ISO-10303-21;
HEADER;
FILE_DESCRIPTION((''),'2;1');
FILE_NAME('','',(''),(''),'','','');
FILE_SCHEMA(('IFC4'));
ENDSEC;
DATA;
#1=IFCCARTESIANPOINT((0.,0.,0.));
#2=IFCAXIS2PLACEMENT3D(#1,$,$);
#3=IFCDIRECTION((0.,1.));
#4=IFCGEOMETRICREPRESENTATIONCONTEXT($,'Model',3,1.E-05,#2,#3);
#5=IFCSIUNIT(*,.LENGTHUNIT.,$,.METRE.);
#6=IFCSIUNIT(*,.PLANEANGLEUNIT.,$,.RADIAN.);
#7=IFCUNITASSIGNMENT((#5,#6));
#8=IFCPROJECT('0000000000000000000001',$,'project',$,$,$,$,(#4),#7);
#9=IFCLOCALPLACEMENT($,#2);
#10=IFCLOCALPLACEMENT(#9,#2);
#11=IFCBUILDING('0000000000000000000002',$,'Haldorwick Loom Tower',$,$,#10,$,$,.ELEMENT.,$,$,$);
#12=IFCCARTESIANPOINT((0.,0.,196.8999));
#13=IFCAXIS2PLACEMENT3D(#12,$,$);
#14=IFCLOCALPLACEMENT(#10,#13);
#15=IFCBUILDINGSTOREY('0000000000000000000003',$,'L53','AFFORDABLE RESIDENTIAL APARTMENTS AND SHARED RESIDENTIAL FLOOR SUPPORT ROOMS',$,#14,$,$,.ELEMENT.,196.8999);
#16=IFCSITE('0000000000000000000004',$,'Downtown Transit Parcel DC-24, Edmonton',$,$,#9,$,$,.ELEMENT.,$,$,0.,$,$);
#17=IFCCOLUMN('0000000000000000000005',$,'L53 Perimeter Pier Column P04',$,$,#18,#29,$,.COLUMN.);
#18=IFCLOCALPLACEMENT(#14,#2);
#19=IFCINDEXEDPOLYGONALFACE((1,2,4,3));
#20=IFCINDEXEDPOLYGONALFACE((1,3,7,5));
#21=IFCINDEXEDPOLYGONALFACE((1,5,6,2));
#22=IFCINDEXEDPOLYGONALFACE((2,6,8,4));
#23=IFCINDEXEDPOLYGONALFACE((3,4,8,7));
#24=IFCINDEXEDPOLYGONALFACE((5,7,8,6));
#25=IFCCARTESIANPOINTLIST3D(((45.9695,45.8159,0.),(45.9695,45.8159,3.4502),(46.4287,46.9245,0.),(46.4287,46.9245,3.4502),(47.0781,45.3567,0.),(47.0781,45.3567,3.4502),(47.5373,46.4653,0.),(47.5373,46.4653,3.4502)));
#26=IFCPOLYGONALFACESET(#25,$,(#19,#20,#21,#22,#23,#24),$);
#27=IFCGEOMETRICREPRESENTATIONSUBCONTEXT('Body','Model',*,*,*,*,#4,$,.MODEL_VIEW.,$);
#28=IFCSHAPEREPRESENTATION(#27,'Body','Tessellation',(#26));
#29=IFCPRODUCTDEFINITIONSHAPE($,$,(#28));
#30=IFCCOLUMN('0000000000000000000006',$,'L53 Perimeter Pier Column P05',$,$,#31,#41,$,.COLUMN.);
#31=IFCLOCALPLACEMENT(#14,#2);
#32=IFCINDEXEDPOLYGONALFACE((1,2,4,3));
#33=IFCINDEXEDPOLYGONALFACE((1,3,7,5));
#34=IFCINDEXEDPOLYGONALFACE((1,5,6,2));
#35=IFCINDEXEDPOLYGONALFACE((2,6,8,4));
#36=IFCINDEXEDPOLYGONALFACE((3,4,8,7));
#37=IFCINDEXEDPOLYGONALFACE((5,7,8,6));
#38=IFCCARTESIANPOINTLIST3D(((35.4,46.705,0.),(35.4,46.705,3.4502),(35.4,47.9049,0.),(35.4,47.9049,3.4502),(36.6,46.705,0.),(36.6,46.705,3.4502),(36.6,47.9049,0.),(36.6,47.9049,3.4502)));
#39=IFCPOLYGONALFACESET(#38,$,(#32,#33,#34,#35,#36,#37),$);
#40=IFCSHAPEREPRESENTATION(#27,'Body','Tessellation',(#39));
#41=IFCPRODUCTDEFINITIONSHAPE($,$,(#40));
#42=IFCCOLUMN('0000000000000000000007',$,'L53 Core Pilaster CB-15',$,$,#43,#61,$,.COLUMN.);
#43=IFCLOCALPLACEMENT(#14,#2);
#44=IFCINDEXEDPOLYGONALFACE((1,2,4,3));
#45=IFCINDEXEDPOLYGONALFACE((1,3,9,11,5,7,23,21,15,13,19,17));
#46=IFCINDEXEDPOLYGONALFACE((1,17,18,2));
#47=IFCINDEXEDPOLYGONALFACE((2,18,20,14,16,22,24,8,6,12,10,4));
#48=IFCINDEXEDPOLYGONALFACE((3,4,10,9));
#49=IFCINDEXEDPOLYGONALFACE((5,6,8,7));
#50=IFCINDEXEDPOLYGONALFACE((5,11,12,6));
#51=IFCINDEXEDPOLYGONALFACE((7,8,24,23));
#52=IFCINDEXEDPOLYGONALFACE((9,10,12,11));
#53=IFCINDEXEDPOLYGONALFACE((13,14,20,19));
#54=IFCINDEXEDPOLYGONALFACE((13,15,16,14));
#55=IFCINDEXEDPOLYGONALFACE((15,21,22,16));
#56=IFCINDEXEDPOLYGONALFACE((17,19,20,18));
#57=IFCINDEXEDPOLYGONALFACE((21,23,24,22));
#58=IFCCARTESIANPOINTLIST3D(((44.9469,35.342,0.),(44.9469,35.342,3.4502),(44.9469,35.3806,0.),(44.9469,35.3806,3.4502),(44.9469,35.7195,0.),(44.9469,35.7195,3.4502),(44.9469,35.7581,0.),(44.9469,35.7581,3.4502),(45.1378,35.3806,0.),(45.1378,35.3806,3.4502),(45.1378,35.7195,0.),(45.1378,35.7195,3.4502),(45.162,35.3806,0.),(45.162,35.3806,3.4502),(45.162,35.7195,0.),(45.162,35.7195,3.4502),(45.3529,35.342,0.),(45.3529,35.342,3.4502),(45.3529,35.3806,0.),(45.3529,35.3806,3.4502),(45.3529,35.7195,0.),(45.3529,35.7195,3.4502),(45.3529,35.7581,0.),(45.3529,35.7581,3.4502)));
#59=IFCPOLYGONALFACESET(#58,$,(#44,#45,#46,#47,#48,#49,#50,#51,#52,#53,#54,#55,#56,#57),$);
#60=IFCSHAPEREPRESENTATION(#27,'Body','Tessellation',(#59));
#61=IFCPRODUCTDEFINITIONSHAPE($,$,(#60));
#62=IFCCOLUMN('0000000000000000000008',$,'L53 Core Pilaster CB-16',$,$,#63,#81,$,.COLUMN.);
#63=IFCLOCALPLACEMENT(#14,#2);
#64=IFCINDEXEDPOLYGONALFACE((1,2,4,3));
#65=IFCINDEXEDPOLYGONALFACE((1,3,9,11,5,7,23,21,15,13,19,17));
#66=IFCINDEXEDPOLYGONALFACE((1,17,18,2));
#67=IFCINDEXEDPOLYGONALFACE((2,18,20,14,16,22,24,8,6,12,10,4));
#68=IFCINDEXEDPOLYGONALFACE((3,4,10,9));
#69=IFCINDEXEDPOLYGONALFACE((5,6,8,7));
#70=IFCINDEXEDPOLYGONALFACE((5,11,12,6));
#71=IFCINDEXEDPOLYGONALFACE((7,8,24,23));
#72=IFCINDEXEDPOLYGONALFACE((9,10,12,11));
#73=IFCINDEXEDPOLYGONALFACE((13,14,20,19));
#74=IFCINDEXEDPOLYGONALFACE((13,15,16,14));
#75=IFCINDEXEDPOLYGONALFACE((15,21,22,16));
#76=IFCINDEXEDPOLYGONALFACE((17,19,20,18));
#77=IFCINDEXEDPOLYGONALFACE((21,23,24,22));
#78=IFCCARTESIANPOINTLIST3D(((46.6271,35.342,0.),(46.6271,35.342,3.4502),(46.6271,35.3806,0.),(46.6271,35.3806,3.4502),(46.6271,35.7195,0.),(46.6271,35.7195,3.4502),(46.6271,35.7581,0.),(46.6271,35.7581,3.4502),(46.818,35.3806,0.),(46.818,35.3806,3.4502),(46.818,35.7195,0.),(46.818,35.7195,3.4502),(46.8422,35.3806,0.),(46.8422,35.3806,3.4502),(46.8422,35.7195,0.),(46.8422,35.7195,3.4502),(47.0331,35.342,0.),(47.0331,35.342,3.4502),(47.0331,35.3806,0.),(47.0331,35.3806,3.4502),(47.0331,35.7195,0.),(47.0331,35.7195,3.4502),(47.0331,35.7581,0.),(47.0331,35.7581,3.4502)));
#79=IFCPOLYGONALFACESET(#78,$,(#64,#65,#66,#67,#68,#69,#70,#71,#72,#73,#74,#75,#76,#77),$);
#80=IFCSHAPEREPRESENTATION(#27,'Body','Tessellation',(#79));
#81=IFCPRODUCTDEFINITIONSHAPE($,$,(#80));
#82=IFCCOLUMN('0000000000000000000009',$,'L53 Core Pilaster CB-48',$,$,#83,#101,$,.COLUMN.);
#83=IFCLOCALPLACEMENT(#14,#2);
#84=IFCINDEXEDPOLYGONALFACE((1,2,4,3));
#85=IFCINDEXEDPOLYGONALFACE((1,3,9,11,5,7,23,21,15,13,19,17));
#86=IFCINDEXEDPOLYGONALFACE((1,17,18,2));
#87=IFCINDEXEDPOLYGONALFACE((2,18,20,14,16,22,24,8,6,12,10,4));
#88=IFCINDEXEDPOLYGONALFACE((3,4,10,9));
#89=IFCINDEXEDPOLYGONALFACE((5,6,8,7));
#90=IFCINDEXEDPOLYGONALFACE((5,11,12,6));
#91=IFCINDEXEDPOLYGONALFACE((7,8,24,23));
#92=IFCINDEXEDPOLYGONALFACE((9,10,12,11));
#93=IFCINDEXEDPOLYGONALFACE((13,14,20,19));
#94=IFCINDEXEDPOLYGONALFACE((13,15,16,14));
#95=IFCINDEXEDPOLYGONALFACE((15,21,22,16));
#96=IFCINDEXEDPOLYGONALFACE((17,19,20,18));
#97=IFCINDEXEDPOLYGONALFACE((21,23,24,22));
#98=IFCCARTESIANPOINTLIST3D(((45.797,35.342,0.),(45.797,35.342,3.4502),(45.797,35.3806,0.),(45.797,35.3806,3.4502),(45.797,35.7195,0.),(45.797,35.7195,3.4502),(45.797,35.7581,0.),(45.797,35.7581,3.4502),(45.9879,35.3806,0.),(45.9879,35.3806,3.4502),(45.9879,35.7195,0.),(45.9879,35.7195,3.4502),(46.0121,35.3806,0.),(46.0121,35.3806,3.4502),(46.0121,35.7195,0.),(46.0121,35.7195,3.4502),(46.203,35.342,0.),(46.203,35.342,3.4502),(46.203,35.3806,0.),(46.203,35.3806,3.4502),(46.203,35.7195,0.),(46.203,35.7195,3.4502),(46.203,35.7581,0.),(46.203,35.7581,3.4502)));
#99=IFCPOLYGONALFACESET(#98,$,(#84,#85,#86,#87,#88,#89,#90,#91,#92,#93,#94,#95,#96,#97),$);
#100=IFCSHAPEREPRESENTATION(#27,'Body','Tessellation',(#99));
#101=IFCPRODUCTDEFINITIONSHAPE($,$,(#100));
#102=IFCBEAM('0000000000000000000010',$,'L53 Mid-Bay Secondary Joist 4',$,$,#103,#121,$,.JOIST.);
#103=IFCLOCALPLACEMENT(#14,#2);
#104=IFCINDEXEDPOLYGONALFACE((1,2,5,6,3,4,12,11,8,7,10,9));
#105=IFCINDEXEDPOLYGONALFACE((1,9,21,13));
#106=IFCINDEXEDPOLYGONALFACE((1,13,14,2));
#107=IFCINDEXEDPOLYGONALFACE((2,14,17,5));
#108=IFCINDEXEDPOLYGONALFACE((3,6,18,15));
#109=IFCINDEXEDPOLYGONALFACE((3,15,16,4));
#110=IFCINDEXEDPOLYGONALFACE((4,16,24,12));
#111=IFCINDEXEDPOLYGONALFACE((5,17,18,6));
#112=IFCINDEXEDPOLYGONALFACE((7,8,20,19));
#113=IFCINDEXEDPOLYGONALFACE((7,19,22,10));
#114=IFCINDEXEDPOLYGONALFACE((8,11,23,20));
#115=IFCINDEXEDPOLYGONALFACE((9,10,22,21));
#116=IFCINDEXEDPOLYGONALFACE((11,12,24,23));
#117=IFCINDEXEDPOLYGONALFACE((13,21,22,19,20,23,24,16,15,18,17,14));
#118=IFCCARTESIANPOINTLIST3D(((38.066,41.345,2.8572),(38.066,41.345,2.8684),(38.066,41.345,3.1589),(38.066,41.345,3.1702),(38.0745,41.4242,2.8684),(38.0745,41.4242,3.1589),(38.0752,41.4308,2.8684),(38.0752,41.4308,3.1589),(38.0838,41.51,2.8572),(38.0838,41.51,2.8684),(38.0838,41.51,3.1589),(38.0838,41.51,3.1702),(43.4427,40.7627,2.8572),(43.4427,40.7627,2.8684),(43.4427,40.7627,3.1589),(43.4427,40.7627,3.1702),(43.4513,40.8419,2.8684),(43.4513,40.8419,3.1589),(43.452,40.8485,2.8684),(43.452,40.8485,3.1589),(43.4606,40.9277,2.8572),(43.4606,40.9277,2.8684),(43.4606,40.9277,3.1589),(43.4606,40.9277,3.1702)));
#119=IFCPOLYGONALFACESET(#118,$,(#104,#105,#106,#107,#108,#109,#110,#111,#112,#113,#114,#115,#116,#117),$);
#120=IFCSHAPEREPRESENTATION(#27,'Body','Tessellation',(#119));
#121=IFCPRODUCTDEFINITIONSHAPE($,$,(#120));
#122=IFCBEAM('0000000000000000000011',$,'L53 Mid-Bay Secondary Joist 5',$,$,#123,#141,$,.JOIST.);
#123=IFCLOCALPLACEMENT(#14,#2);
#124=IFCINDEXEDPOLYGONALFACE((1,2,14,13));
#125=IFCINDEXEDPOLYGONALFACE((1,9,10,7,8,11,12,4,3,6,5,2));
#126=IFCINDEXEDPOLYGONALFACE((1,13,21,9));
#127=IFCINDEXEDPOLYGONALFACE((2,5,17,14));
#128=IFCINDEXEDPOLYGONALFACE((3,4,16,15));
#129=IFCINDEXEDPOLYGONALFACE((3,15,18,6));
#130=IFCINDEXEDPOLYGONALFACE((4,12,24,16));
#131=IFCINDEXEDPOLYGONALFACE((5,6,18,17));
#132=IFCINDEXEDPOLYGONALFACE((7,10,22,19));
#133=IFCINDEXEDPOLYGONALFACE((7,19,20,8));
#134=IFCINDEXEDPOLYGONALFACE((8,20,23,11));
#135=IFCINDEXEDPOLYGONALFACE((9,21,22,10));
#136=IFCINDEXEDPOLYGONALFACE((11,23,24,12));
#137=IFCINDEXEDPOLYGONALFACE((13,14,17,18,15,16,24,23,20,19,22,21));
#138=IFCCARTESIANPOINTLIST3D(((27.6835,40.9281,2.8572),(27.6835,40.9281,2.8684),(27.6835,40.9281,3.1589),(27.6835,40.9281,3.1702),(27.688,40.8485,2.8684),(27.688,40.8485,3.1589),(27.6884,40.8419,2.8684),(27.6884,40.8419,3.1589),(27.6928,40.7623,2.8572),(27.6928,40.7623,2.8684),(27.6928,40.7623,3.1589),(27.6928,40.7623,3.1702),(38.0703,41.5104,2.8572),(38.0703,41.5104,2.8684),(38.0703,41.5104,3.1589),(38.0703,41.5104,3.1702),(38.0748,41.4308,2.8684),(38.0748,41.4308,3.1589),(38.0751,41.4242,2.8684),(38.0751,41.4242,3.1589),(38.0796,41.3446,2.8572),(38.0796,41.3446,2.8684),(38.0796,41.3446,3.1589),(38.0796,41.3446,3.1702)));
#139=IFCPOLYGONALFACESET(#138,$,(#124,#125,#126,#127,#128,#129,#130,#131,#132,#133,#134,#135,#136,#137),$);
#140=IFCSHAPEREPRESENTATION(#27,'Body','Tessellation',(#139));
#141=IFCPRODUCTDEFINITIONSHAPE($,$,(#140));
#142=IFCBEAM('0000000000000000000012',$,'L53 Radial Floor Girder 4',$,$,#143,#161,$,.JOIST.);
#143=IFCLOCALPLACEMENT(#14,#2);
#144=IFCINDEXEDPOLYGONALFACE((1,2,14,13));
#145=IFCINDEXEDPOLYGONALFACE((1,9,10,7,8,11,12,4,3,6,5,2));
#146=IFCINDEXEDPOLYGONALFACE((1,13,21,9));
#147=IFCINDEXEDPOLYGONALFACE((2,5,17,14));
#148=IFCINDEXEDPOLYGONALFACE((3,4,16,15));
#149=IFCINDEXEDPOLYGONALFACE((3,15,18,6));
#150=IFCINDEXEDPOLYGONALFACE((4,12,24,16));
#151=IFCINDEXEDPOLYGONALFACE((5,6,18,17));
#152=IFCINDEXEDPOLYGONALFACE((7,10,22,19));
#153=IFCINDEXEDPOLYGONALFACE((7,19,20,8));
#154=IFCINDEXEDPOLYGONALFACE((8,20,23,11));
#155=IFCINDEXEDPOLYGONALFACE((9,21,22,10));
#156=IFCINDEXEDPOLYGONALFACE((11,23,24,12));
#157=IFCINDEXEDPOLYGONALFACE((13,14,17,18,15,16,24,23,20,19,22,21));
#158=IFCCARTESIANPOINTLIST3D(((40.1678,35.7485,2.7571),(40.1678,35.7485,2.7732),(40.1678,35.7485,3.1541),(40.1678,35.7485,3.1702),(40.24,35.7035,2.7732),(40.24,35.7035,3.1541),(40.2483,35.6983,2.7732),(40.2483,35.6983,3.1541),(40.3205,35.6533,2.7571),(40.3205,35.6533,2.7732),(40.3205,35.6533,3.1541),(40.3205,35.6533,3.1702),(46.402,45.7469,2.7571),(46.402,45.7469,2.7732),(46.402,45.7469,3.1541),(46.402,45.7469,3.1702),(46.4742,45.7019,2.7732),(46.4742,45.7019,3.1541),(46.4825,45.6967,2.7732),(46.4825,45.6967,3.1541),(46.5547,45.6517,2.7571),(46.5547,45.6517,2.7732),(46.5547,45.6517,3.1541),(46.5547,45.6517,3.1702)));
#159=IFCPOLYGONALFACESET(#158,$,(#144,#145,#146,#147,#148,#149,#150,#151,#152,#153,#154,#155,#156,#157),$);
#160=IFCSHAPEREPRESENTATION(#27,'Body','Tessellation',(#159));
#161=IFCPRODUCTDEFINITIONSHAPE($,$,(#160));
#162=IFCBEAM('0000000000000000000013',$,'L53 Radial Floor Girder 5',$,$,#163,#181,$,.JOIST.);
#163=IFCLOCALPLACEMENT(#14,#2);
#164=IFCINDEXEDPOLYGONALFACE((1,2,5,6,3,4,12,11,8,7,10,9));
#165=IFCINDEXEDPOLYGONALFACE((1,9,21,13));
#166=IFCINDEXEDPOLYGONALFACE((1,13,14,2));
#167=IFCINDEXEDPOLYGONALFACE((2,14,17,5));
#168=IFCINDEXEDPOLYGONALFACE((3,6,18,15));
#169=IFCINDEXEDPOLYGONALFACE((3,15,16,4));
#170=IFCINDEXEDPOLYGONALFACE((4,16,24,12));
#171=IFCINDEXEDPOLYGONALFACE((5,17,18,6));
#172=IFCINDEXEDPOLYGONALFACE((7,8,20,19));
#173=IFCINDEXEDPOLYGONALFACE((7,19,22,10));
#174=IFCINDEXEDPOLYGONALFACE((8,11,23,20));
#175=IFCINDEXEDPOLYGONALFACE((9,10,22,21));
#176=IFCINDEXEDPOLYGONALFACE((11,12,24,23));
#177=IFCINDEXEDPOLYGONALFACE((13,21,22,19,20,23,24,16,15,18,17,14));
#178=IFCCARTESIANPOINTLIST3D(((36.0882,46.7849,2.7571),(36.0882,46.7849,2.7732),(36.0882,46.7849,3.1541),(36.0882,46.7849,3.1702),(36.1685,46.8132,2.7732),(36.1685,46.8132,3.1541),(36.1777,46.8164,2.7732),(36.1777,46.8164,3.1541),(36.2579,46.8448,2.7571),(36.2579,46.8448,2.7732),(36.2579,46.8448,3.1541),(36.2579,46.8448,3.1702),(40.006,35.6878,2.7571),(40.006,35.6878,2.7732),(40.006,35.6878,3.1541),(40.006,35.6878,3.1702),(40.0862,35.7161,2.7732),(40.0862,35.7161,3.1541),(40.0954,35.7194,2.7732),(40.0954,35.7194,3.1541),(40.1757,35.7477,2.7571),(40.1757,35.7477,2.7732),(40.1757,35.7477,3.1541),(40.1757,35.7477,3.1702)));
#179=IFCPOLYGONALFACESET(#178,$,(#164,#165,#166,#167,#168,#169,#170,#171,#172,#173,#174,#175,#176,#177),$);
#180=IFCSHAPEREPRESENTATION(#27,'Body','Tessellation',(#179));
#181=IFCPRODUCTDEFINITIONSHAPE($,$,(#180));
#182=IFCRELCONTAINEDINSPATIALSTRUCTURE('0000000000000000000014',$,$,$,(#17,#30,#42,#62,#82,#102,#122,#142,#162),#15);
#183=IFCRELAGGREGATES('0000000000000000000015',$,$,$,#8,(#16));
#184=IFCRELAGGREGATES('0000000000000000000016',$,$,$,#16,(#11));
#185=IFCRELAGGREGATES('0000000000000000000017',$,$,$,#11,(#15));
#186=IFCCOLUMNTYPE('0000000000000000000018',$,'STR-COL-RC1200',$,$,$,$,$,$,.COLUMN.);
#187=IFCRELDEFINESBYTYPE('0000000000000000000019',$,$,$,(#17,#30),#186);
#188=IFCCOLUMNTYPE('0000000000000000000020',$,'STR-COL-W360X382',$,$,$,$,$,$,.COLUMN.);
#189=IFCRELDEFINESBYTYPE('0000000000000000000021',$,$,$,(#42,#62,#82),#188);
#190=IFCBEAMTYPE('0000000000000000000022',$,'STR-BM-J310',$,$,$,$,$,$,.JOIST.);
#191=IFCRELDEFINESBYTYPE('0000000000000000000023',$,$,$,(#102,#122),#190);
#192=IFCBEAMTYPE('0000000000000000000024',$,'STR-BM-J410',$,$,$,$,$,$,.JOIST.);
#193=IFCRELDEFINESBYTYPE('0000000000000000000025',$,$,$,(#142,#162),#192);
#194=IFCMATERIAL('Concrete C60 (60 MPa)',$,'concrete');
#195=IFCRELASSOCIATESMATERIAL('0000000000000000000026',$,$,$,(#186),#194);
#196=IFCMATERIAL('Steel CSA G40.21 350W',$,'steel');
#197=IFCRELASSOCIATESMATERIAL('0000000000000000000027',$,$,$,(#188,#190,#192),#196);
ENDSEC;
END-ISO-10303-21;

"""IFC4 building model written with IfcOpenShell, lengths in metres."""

from ifc_helpers import new_model, si_unit, direction, frame, origin, origin_2d, place, context, subcontext, project, spatial, rectangle, i_section, extrude, material, material_profile, profile_set, type_object, element, save


model = new_model("IFC4")

# Units and contexts
model_context = context("Model", 3, precision=1e-05, world=origin(), true_north=direction((0.0, 1.0)))
body_context = subcontext(model_context, "Body", "Model", "MODEL_VIEW")
ifc_project = project(units=[si_unit("LENGTHUNIT", "METRE"), si_unit("PLANEANGLEUNIT", "RADIAN")], contexts=[model_context])

# Site, building, storey
site_placement = place(None, origin())
site = spatial("IfcSite", under=ifc_project, at=site_placement, Name="Downtown Transit Parcel DC-24, Edmonton", CompositionType="ELEMENT", RefElevation=0.0)
building_placement = place(site_placement, origin())
building = spatial("IfcBuilding", under=site, at=building_placement, Name="Haldorwick Loom Tower", CompositionType="ELEMENT")
storey_placement = place(building_placement, frame((0.0, 0.0, 196.8999)))
storey = spatial("IfcBuildingStorey", under=building, at=storey_placement, Name="L53", Description="AFFORDABLE RESIDENTIAL APARTMENTS AND SHARED RESIDENTIAL FLOOR SUPPORT ROOMS", CompositionType="ELEMENT", Elevation=196.8999)

# Columns
ifc_material_1 = material(Name="Concrete C60 (60 MPa)", Category="concrete")
ifc_material_profile_1 = material_profile(ifc_material_1, rectangle(XDim=1.2, YDim=1.2, at=origin_2d()), Name="RC1200X1200", Category="concrete")
ifc_profile_set_1 = profile_set([ifc_material_profile_1], Name="Concrete C60 (60 MPa)")
column_type_1 = type_object("IfcColumnType", Name="STR-COL-RC1200", PredefinedType="COLUMN", material=ifc_profile_set_1)
for number, where, z_axis, x_axis, name in (
    (1, (46.7534, 46.1406, 0.0), (0.0, 0.0, 1.0), (0.382683, 0.92388, 0.0), "L53 Perimeter Pier Column P04"),
    (2, (36.0, 47.3049, 0.0), (0.0, 0.0, 1.0), (0.0, 1.0, 0.0), "L53 Perimeter Pier Column P05"),
):
    element("IfcColumn", number, at=place(storey_placement, frame(where, z_axis=z_axis, x_axis=x_axis)), inside=storey, type_object=column_type_1, Name=name, PredefinedType="COLUMN", context=body_context, shape_type="SweptSolid", body=[
        extrude(rectangle(XDim=1.2, YDim=1.2, at=origin_2d()), origin(), (0.0, 0.0, 1.0), 3.4502),
    ])
ifc_material_2 = material(Name="Steel CSA G40.21 350W", Category="steel")
ifc_material_profile_2 = material_profile(ifc_material_2, i_section(OverallWidth=0.406, OverallDepth=0.416, WebThickness=0.0242, FlangeThickness=0.0386, at=origin_2d()), Name="W360X382", Category="steel")
ifc_profile_set_2 = profile_set([ifc_material_profile_2], Name="Steel CSA G40.21 350W")
column_type_2 = type_object("IfcColumnType", Name="STR-COL-W360X382", PredefinedType="COLUMN", material=ifc_profile_set_2)
for number, where, z_axis, x_axis, name in (
    (3, (45.1499, 35.55, 0.0), (0.0, 0.0, 1.0), (1.0, 0.0, 0.0), "L53 Core Pilaster CB-15"),
    (4, (46.8301, 35.55, 0.0), (0.0, 0.0, 1.0), (1.0, 0.0, 0.0), "L53 Core Pilaster CB-16"),
    (5, (46.0, 35.55, 0.0), (0.0, 0.0, 1.0), (1.0, 0.0, 0.0), "L53 Core Pilaster CB-48"),
):
    element("IfcColumn", number, at=place(storey_placement, frame(where, z_axis=z_axis, x_axis=x_axis)), inside=storey, type_object=column_type_2, Name=name, PredefinedType="COLUMN", context=body_context, shape_type="SweptSolid", body=[
        extrude(i_section(OverallWidth=0.406, OverallDepth=0.416, WebThickness=0.0242, FlangeThickness=0.0386, at=origin_2d()), origin(), (0.0, 0.0, 1.0), 3.4502),
    ])

# Beams
ifc_material_profile_3 = material_profile(ifc_material_2, i_section(OverallWidth=0.166, OverallDepth=0.313, WebThickness=0.0066, FlangeThickness=0.0112, at=origin_2d()), Name="W310X45", Category="steel")
ifc_profile_set_3 = profile_set([ifc_material_profile_3], Name="Steel CSA G40.21 350W")
beam_type_1 = type_object("IfcBeamType", Name="STR-BM-J310", PredefinedType="JOIST", material=ifc_profile_set_3)
beam_1_placement = place(storey_placement, frame((43.4517, 40.8452, 3.0137), z_axis=(-0.994187, 0.107666, 0.0), x_axis=(-0.107666, -0.994187, 0.0)))
element("IfcBeam", 6, at=beam_1_placement, inside=storey, type_object=beam_type_1, Name="L53 Mid-Bay Secondary Joist 4", PredefinedType="JOIST", context=body_context, shape_type="SweptSolid", body=[
    extrude(i_section(OverallWidth=0.166, OverallDepth=0.313, WebThickness=0.0066, FlangeThickness=0.0112, at=origin_2d()), origin(), (0.0, 0.0, 1.0), 5.4082),
])
beam_2_placement = place(storey_placement, frame((38.075, 41.4275, 3.0137), z_axis=(-0.998432, -0.055972, 0.0), x_axis=(0.055972, -0.998432, 0.0)))
element("IfcBeam", 7, at=beam_2_placement, inside=storey, type_object=beam_type_1, Name="L53 Mid-Bay Secondary Joist 5", PredefinedType="JOIST", context=body_context, shape_type="SweptSolid", body=[
    extrude(i_section(OverallWidth=0.166, OverallDepth=0.313, WebThickness=0.0066, FlangeThickness=0.0112, at=origin_2d()), origin(), (0.0, 0.0, 1.0), 10.4031),
])
ifc_material_profile_4 = material_profile(ifc_material_2, i_section(OverallWidth=0.1799, OverallDepth=0.4131, WebThickness=0.0098, FlangeThickness=0.0161, at=origin_2d()), Name="W410X74", Category="steel")
ifc_profile_set_4 = profile_set([ifc_material_profile_4], Name="Steel CSA G40.21 350W")
beam_type_2 = type_object("IfcBeamType", Name="STR-BM-J410", PredefinedType="JOIST", material=ifc_profile_set_4)
beam_3_placement = place(storey_placement, frame((40.2441, 35.7009, 2.9636), z_axis=(0.529095, 0.848562, 0.0), x_axis=(-0.848562, 0.529095, 0.0)))
element("IfcBeam", 8, at=beam_3_placement, inside=storey, type_object=beam_type_2, Name="L53 Radial Floor Girder 4", PredefinedType="JOIST", context=body_context, shape_type="SweptSolid", body=[
    extrude(i_section(OverallWidth=0.1799, OverallDepth=0.4131, WebThickness=0.0098, FlangeThickness=0.0161, at=origin_2d()), origin(), (0.0, 0.0, 1.0), 11.7827),
])
beam_4_placement = place(storey_placement, frame((40.0908, 35.7178, 2.9636), z_axis=(-0.332908, 0.942959, 0.0), x_axis=(-0.942959, -0.332908, 0.0)))
element("IfcBeam", 9, at=beam_4_placement, inside=storey, type_object=beam_type_2, Name="L53 Radial Floor Girder 5", PredefinedType="JOIST", context=body_context, shape_type="SweptSolid", body=[
    extrude(i_section(OverallWidth=0.1799, OverallDepth=0.4131, WebThickness=0.0098, FlangeThickness=0.0161, at=origin_2d()), origin(), (0.0, 0.0, 1.0), 11.7683),
])

save(model, "model.ifc")
